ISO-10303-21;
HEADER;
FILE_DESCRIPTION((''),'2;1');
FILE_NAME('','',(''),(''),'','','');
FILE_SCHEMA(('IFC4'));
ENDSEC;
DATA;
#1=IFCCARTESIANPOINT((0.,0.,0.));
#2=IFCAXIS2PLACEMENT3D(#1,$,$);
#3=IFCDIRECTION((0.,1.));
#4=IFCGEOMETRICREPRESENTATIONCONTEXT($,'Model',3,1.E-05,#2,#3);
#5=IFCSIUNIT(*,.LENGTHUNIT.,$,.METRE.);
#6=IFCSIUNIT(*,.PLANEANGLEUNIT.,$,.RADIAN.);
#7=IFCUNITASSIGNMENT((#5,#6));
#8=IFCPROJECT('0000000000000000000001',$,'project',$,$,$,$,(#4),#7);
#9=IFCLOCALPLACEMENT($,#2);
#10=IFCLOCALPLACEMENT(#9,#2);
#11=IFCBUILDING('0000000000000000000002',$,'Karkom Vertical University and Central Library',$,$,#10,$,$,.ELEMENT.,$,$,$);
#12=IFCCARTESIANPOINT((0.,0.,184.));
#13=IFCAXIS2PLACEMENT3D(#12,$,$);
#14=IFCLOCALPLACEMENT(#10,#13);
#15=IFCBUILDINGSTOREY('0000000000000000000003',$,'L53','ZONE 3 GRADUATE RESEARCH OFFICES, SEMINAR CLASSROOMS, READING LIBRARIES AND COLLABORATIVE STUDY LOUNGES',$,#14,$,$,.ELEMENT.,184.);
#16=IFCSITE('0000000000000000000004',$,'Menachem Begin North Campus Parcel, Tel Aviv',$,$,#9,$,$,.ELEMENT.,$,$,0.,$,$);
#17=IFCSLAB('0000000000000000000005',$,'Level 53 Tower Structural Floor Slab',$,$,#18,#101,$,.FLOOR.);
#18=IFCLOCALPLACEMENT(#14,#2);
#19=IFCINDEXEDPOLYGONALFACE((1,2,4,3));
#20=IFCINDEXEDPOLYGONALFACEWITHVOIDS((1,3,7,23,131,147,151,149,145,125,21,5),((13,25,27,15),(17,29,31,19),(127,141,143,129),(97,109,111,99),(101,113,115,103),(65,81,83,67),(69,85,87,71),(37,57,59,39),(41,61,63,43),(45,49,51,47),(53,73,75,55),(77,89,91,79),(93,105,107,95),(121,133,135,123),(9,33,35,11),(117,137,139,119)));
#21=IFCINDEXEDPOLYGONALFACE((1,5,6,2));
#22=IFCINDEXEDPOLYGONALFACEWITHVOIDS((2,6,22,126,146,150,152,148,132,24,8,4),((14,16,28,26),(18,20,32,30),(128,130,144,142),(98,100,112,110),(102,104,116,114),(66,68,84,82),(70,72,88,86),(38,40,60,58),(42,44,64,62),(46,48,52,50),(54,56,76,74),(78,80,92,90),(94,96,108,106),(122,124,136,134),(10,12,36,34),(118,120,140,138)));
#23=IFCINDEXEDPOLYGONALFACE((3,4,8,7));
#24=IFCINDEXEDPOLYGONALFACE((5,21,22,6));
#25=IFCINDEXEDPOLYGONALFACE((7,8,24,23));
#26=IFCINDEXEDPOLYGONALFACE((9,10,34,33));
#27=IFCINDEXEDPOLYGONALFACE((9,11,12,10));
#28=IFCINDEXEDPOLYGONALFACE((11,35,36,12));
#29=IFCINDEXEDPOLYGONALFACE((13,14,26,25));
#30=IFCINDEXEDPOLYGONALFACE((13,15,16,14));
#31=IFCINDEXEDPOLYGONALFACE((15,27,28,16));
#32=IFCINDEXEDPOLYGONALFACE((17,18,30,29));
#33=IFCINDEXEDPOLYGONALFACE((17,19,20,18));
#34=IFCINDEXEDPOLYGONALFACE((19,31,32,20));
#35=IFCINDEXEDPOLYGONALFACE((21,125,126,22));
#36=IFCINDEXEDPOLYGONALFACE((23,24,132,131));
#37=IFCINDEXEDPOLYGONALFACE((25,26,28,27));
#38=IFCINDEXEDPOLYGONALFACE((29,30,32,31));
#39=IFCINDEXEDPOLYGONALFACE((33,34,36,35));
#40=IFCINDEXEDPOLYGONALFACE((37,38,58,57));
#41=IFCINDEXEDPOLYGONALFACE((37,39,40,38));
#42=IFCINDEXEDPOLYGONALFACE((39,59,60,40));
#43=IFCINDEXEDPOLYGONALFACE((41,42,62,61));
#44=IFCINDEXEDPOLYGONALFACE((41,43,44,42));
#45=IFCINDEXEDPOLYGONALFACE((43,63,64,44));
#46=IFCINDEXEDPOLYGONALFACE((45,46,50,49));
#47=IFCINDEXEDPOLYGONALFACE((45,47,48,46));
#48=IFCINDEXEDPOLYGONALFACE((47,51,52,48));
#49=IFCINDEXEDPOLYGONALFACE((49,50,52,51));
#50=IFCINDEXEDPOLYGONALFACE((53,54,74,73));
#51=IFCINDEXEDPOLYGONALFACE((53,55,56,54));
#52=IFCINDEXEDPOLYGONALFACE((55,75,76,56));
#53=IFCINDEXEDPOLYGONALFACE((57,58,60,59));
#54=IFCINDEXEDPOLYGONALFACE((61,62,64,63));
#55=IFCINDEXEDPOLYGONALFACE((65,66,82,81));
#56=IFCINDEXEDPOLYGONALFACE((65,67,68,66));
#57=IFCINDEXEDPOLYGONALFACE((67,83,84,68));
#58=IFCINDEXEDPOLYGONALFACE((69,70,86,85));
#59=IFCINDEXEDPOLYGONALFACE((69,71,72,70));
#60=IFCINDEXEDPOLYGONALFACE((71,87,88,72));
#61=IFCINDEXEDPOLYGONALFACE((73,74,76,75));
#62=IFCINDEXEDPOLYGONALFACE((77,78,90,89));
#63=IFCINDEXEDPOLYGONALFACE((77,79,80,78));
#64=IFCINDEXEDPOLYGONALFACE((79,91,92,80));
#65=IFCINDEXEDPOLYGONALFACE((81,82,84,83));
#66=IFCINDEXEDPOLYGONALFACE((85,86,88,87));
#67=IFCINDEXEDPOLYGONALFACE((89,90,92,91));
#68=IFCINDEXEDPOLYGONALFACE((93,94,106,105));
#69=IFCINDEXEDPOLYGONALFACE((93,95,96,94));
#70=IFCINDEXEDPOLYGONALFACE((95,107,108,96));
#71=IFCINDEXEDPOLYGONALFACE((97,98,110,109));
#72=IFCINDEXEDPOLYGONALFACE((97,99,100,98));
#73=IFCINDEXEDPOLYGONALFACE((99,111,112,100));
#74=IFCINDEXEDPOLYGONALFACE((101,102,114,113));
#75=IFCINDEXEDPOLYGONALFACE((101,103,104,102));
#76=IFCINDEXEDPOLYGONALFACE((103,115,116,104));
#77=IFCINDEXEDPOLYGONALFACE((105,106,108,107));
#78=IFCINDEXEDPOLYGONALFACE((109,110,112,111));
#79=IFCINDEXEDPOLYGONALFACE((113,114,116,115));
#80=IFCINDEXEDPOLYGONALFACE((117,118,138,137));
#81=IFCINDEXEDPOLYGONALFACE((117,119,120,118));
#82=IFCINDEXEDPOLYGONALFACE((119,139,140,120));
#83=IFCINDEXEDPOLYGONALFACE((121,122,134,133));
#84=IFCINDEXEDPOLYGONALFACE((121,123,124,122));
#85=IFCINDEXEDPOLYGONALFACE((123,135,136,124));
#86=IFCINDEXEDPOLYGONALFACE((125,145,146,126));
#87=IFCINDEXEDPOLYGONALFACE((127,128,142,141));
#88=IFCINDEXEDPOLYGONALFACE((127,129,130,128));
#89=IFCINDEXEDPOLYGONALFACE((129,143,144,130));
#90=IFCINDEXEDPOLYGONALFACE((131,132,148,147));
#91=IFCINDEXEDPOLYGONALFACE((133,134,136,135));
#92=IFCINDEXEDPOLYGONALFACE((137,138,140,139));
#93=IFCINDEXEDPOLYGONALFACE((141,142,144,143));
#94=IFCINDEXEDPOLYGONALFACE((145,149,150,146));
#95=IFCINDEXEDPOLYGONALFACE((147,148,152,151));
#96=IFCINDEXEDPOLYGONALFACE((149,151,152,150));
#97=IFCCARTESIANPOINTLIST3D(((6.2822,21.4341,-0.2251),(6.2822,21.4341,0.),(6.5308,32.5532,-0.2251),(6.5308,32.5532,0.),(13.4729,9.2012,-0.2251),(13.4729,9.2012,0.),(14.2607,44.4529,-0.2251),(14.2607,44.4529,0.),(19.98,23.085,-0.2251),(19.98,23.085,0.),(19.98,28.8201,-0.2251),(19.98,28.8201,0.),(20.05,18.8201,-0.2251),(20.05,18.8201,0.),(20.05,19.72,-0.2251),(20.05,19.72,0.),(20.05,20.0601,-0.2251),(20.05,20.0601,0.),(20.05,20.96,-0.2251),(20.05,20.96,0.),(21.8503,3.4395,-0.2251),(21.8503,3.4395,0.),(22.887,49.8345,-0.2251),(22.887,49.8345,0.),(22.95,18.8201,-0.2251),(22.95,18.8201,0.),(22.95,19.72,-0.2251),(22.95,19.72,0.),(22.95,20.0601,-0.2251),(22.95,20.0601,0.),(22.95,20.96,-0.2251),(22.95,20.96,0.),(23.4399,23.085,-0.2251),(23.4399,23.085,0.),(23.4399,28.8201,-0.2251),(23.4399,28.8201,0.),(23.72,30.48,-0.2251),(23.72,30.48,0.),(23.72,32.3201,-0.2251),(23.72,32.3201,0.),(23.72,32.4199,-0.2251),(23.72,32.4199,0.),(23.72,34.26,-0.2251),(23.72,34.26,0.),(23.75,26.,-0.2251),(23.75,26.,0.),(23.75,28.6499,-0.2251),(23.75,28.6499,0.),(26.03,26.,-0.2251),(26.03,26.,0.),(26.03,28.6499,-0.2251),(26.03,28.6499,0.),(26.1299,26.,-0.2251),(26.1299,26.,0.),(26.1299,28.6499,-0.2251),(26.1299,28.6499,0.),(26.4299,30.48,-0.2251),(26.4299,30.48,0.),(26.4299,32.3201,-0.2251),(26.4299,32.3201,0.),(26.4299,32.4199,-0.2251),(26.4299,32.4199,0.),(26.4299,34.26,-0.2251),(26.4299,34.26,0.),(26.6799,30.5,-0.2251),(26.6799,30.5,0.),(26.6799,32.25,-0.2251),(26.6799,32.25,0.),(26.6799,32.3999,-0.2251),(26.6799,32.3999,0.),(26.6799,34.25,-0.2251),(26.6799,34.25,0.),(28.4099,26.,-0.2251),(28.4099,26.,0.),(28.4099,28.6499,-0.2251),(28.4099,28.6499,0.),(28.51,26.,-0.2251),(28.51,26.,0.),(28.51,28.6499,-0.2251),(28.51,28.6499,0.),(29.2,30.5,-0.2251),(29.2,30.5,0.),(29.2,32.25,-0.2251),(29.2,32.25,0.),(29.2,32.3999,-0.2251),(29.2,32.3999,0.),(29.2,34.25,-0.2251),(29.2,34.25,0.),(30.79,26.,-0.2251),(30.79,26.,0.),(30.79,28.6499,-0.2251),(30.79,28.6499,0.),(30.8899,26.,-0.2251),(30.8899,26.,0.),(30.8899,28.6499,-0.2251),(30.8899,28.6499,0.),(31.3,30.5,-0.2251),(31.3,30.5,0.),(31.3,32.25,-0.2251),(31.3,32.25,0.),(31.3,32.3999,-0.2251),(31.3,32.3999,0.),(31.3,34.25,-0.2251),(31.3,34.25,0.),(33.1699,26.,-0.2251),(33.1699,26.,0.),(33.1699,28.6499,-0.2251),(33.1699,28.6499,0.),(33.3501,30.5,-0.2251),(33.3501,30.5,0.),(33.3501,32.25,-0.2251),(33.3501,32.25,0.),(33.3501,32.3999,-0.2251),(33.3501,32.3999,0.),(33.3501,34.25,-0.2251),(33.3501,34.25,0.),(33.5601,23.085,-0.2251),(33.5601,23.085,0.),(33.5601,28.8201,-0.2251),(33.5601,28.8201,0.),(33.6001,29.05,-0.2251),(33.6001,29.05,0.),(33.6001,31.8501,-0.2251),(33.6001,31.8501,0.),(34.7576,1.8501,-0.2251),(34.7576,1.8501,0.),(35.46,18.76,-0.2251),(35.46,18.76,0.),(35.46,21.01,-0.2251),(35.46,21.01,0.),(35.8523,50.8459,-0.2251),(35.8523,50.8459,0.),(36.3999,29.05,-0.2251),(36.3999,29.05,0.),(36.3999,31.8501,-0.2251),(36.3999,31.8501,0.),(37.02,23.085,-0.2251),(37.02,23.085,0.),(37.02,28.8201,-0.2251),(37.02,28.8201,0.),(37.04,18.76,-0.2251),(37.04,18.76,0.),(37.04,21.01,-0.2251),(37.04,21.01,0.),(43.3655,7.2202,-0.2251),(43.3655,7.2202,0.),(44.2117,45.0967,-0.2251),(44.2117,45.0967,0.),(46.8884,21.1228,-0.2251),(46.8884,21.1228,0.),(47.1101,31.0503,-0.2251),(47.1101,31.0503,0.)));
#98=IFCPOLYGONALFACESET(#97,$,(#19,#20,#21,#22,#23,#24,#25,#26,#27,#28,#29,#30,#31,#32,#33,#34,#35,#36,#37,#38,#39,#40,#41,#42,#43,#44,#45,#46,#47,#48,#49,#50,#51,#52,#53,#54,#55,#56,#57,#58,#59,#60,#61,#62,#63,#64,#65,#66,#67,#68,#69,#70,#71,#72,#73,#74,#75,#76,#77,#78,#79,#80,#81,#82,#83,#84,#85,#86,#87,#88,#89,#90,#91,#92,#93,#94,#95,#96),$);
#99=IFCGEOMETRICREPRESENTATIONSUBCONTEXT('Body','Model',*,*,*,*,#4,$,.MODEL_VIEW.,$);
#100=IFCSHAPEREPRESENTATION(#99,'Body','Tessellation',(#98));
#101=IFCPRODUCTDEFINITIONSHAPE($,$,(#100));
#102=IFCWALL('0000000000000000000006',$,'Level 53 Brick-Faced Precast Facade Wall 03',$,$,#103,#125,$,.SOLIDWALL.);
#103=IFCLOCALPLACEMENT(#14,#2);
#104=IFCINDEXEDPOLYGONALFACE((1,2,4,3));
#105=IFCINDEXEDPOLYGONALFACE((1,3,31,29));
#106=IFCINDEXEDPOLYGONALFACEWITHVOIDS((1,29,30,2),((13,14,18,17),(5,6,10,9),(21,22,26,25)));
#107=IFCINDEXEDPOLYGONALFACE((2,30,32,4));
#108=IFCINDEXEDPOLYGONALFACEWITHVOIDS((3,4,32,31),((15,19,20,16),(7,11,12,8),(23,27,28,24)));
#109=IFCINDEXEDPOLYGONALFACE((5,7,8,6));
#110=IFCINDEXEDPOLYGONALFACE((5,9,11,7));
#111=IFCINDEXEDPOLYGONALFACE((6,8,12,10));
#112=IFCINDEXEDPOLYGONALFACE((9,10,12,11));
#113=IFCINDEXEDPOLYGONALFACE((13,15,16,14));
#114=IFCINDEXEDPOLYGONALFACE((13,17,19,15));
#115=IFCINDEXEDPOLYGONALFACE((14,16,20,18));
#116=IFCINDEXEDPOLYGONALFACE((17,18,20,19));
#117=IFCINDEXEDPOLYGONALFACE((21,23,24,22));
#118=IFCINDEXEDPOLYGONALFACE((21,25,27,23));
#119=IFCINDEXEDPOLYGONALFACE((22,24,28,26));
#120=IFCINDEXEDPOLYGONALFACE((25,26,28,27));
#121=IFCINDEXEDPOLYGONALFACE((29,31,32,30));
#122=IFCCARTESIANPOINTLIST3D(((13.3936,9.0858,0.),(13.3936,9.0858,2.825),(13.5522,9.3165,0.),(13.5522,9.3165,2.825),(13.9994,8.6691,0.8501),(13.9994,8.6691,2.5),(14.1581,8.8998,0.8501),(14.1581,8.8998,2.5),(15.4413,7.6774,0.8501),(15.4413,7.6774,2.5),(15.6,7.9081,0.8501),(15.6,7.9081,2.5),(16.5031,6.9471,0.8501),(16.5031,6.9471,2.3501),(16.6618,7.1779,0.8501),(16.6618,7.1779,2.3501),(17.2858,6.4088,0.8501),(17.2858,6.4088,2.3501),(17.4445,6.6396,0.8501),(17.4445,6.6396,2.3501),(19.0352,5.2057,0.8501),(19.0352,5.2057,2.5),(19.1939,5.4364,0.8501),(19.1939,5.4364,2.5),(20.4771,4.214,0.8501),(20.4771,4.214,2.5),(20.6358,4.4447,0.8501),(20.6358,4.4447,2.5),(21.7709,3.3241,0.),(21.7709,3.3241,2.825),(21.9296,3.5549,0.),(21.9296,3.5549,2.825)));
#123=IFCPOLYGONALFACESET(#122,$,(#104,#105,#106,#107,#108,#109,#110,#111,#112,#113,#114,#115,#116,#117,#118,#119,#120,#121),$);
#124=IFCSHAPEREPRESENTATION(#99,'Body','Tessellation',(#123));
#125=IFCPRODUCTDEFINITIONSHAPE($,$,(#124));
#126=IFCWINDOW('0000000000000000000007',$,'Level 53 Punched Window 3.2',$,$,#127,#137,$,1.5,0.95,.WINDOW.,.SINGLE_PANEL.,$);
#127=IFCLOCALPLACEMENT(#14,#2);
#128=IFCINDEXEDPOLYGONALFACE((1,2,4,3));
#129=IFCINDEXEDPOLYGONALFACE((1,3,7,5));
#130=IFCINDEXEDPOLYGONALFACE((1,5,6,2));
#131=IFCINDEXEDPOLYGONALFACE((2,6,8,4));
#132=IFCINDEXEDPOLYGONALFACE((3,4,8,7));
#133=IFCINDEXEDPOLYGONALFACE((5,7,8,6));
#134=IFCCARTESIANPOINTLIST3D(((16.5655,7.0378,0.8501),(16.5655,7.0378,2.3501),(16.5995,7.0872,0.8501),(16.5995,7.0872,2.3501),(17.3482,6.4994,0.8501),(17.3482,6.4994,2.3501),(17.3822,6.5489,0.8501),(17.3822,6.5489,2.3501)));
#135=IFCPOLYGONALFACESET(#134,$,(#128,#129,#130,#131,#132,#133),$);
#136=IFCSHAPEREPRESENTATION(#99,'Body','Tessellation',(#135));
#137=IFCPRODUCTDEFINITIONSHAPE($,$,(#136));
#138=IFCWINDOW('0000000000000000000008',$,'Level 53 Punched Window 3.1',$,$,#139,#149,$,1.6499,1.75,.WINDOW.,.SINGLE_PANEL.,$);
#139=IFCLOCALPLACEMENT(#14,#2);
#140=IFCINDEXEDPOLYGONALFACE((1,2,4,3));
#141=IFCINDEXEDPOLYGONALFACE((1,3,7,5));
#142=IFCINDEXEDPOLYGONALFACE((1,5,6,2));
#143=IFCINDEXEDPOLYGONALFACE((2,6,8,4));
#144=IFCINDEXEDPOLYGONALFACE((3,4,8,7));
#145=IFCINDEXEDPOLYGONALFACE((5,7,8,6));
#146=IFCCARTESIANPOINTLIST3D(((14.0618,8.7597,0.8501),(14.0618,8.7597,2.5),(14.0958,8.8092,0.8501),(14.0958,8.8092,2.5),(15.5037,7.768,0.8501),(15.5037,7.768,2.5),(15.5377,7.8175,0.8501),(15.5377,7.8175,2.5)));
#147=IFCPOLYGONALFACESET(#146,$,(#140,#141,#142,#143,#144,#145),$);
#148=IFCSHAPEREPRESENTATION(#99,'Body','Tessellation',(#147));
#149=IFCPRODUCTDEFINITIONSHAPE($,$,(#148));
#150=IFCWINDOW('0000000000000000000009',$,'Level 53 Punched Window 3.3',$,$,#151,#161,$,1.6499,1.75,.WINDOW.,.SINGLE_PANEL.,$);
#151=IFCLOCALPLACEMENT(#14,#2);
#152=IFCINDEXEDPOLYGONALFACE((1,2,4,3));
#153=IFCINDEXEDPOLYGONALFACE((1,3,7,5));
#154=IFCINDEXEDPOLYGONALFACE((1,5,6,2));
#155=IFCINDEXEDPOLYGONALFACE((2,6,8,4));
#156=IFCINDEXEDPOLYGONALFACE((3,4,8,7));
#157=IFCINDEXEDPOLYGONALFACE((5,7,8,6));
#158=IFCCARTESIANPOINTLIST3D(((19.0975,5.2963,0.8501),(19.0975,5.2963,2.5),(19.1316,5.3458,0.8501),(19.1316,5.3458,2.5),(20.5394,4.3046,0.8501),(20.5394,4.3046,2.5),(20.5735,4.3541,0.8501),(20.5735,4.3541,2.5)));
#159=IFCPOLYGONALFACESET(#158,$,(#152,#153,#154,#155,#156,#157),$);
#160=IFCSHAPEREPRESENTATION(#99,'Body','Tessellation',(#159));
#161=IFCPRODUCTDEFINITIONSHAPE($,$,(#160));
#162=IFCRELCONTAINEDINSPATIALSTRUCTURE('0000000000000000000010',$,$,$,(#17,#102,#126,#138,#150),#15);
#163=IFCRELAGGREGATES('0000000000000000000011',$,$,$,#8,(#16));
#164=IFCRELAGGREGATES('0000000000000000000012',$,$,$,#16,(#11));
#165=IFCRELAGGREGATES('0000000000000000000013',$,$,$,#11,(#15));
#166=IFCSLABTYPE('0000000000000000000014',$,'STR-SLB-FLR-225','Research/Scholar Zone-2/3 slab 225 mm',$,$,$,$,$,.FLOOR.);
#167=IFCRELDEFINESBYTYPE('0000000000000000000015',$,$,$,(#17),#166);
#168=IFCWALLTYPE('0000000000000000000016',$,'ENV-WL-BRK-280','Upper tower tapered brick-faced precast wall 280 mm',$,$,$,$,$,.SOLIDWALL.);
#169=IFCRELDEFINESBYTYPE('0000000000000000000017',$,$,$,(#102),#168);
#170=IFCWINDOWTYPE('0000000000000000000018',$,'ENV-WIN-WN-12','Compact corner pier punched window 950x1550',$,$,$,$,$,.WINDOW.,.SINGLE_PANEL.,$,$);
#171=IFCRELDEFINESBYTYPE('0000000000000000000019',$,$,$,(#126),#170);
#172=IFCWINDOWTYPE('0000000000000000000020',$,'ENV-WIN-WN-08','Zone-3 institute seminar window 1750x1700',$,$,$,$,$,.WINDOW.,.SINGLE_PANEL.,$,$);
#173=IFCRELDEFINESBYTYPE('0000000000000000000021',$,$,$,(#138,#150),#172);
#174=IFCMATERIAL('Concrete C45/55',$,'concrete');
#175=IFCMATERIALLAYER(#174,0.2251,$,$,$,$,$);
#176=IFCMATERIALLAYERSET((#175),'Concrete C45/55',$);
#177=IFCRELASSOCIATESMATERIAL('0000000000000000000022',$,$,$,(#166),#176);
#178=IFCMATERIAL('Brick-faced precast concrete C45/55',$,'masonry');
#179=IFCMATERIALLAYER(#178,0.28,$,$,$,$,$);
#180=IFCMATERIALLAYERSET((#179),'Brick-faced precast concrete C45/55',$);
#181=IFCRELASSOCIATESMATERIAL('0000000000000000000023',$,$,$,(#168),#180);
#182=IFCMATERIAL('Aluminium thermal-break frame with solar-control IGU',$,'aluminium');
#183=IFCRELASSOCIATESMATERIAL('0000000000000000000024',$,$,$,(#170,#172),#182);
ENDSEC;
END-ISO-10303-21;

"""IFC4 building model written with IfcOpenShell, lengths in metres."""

from ifc_helpers import new_model, si_unit, direction, frame, frame_2d, origin, origin_with_axes, place, context, subcontext, project, spatial, polyline, rectangle, outline, extrude, source, transform, mapped, material, layer, layer_set, type_object, element, fill, save


model = new_model("IFC4")

# Units and contexts
model_context = context("Model", 3, precision=1e-05, world=origin(), true_north=direction((0.0, 1.0)))
body_context = subcontext(model_context, "Body", "Model", "MODEL_VIEW")
ifc_project = project(units=[si_unit("LENGTHUNIT", "METRE"), si_unit("PLANEANGLEUNIT", "RADIAN")], contexts=[model_context])

# Site, building, storey
site_placement = place(None, origin())
site = spatial("IfcSite", under=ifc_project, at=site_placement, Name="Menachem Begin North Campus Parcel, Tel Aviv", CompositionType="ELEMENT", RefElevation=0.0)
building_placement = place(site_placement, origin())
building = spatial("IfcBuilding", under=site, at=building_placement, Name="Karkom Vertical University and Central Library", CompositionType="ELEMENT")
storey_placement = place(building_placement, frame((0.0, 0.0, 184.0)))
storey = spatial("IfcBuildingStorey", under=building, at=storey_placement, Name="L53", Description="ZONE 3 GRADUATE RESEARCH OFFICES, SEMINAR CLASSROOMS, READING LIBRARIES AND COLLABORATIVE STUDY LOUNGES", CompositionType="ELEMENT", Elevation=184.0)

# Shared definitions
ifc_material_1 = material(Name="Concrete C45/55", Category="concrete")

# Slab
ifc_layer_1 = layer(ifc_material_1, 0.2251)
ifc_layer_set_1 = layer_set([ifc_layer_1], Name="Concrete C45/55")
slab_type_1 = type_object("IfcSlabType", Name="STR-SLB-FLR-225", Description="Research/Scholar Zone-2/3 slab 225 mm", PredefinedType="FLOOR", material=ifc_layer_set_1)
slab_1_placement = place(storey_placement, frame((0.0, 0.0, -0.2251)))
element("IfcSlab", 1, at=slab_1_placement, inside=storey, type_object=slab_type_1, Name="Level 53 Tower Structural Floor Slab", PredefinedType="FLOOR", context=body_context, shape_type="SweptSolid", body=[
    extrude(outline(polyline([(6.5308, 32.5532), (6.2822, 21.4341), (13.4729, 9.2012), (21.8503, 3.4395), (34.7576, 1.8501), (43.3655, 7.2202), (46.8884, 21.1228), (47.1101, 31.0503), (44.2117, 45.0967), (35.8523, 50.8459), (22.887, 49.8345), (14.2607, 44.4529), (6.5308, 32.5532)]), holes=[polyline([(19.98, 23.085), (23.4399, 23.085), (23.4399, 28.8201), (19.98, 28.8201), (19.98, 23.085)]), polyline([(33.5601, 23.085), (37.02, 23.085), (37.02, 28.8201), (33.5601, 28.8201), (33.5601, 23.085)]), polyline([(23.75, 26.0), (26.03, 26.0), (26.03, 28.6499), (23.75, 28.6499), (23.75, 26.0)]), polyline([(26.1299, 26.0), (28.4099, 26.0), (28.4099, 28.6499), (26.1299, 28.6499), (26.1299, 26.0)]), polyline([(28.51, 26.0), (30.79, 26.0), (30.79, 28.6499), (28.51, 28.6499), (28.51, 26.0)]), polyline([(30.8899, 26.0), (33.1699, 26.0), (33.1699, 28.6499), (30.8899, 28.6499), (30.8899, 26.0)]), polyline([(26.6799, 30.5), (29.2, 30.5), (29.2, 32.25), (26.6799, 32.25), (26.6799, 30.5)]), polyline([(26.6799, 32.3999), (29.2, 32.3999), (29.2, 34.25), (26.6799, 34.25), (26.6799, 32.3999)]), polyline([(31.3, 30.5), (33.3501, 30.5), (33.3501, 32.25), (31.3, 32.25), (31.3, 30.5)]), polyline([(31.3, 32.3999), (33.3501, 32.3999), (33.3501, 34.25), (31.3, 34.25), (31.3, 32.3999)]), polyline([(23.72, 30.48), (26.4299, 30.48), (26.4299, 32.3201), (23.72, 32.3201), (23.72, 30.48)]), polyline([(23.72, 32.4199), (26.4299, 32.4199), (26.4299, 34.26), (23.72, 34.26), (23.72, 32.4199)]), polyline([(33.6001, 29.05), (36.3999, 29.05), (36.3999, 31.8501), (33.6001, 31.8501), (33.6001, 29.05)]), polyline([(20.05, 18.8201), (22.95, 18.8201), (22.95, 19.72), (20.05, 19.72), (20.05, 18.8201)]), polyline([(20.05, 20.0601), (22.95, 20.0601), (22.95, 20.96), (20.05, 20.96), (20.05, 20.0601)]), polyline([(35.46, 18.76), (37.04, 18.76), (37.04, 21.01), (35.46, 21.01), (35.46, 18.76)])]), origin(), (0.0, 0.0, 1.0), 0.2251),
])

# Wall, openings, windows
ifc_material_2 = material(Name="Brick-faced precast concrete C45/55", Category="masonry")
ifc_layer_2 = layer(ifc_material_2, 0.28)
ifc_layer_set_2 = layer_set([ifc_layer_2], Name="Brick-faced precast concrete C45/55")
wall_type = type_object("IfcWallType", Name="ENV-WL-BRK-280", Description="Upper tower tapered brick-faced precast wall 280 mm", PredefinedType="SOLIDWALL", material=ifc_layer_set_2)
wall_placement = place(storey_placement, frame((13.4729, 9.2012, 0.0), z_axis=(0.0, 0.0, 1.0), x_axis=(0.82394, -0.566678, 0.0)))
wall = element("IfcWall", 2, at=wall_placement, inside=storey, type_object=wall_type, Name="Level 53 Brick-Faced Precast Facade Wall 03", PredefinedType="SOLIDWALL", context=body_context, shape_type="SweptSolid", body=[
    extrude(rectangle(XDim=10.1675, YDim=0.28, at=frame_2d((5.0837, 0.0))), origin(), (0.0, 0.0, 1.0), 2.825),
])
opening_1_placement = place(wall_placement, frame((0.7354, 0.0, 0.8501)))
opening_1 = element("IfcOpeningElement", 3, at=opening_1_placement, cuts=wall, PredefinedType="OPENING", context=body_context, shape_type="SweptSolid", body=[
    extrude(rectangle(XDim=1.75, YDim=1.6499, at=frame_2d((0.875, 0.825))), frame((0.0, 0.1499, 0.0), z_axis=(0.0, -1.0, 0.0), x_axis=(1.0, 0.0, 0.0)), (0.0, 0.0, 1.0), 0.3),
])
opening_2_placement = place(wall_placement, frame((3.7739, 0.0, 0.8501)))
opening_2 = element("IfcOpeningElement", 4, at=opening_2_placement, cuts=wall, PredefinedType="OPENING", context=body_context, shape_type="SweptSolid", body=[
    extrude(rectangle(XDim=0.95, YDim=1.5, at=frame_2d((0.4751, 0.75))), frame((0.0, 0.1499, 0.0), z_axis=(0.0, -1.0, 0.0), x_axis=(1.0, 0.0, 0.0)), (0.0, 0.0, 1.0), 0.3),
])
opening_3_placement = place(wall_placement, frame((6.8472, 0.0, 0.8501)))
opening_3 = element("IfcOpeningElement", 5, at=opening_3_placement, cuts=wall, PredefinedType="OPENING", context=body_context, shape_type="SweptSolid", body=[
    extrude(rectangle(XDim=1.75, YDim=1.6499, at=frame_2d((0.875, 0.825))), frame((0.0, 0.1499, 0.0), z_axis=(0.0, -1.0, 0.0), x_axis=(1.0, 0.0, 0.0)), (0.0, 0.0, 1.0), 0.3),
])
ifc_material_3 = material(Name="Aluminium thermal-break frame with solar-control IGU", Category="aluminium")
window_type_1 = type_object("IfcWindowType", Name="ENV-WIN-WN-12", Description="Compact corner pier punched window 950x1550", PartitioningType="SINGLE_PANEL", PredefinedType="WINDOW", material=ifc_material_3)
shared_shape_1 = source(origin_with_axes(), body_context, "Body", "SweptSolid", [
    extrude(rectangle(XDim=0.95, YDim=1.5, at=frame_2d((0.4751, 0.75))), frame((0.0, 0.03, 0.0), z_axis=(0.0, -1.0, 0.0), x_axis=(1.0, 0.0, 0.0)), (0.0, 0.0, 1.0), 0.0601),
])
window_1_placement = place(opening_2_placement, origin())
window_1 = element("IfcWindow", 6, at=window_1_placement, inside=storey, type_object=window_type_1, Name="Level 53 Punched Window 3.2", OverallHeight=1.5, OverallWidth=0.95, PartitioningType="SINGLE_PANEL", PredefinedType="WINDOW", context=body_context, shape_type="MappedRepresentation", body=[
    mapped(shared_shape_1, transform((0.0, 0.0, 0.0), scale=1.0)),
])
fill(opening_2, window_1)
window_type_2 = type_object("IfcWindowType", Name="ENV-WIN-WN-08", Description="Zone-3 institute seminar window 1750x1700", PartitioningType="SINGLE_PANEL", PredefinedType="WINDOW", material=ifc_material_3)
shared_shape_2 = source(origin_with_axes(), body_context, "Body", "SweptSolid", [
    extrude(rectangle(XDim=1.75, YDim=1.6499, at=frame_2d((0.875, 0.825))), frame((0.0, 0.03, 0.0), z_axis=(0.0, -1.0, 0.0), x_axis=(1.0, 0.0, 0.0)), (0.0, 0.0, 1.0), 0.0601),
])
window_2_placement = place(opening_1_placement, origin())
window_2 = element("IfcWindow", 7, at=window_2_placement, inside=storey, type_object=window_type_2, Name="Level 53 Punched Window 3.1", OverallHeight=1.6499, OverallWidth=1.75, PartitioningType="SINGLE_PANEL", PredefinedType="WINDOW", context=body_context, shape_type="MappedRepresentation", body=[
    mapped(shared_shape_2, transform((0.0, 0.0, 0.0), scale=1.0)),
])
fill(opening_1, window_2)
window_3_placement = place(opening_3_placement, origin())
window_3 = element("IfcWindow", 8, at=window_3_placement, inside=storey, type_object=window_type_2, Name="Level 53 Punched Window 3.3", OverallHeight=1.6499, OverallWidth=1.75, PartitioningType="SINGLE_PANEL", PredefinedType="WINDOW", context=body_context, shape_type="MappedRepresentation", body=[
    mapped(shared_shape_2, transform((0.0, 0.0, 0.0), scale=1.0)),
])
fill(opening_3, window_3)

save(model, "model.ifc")
